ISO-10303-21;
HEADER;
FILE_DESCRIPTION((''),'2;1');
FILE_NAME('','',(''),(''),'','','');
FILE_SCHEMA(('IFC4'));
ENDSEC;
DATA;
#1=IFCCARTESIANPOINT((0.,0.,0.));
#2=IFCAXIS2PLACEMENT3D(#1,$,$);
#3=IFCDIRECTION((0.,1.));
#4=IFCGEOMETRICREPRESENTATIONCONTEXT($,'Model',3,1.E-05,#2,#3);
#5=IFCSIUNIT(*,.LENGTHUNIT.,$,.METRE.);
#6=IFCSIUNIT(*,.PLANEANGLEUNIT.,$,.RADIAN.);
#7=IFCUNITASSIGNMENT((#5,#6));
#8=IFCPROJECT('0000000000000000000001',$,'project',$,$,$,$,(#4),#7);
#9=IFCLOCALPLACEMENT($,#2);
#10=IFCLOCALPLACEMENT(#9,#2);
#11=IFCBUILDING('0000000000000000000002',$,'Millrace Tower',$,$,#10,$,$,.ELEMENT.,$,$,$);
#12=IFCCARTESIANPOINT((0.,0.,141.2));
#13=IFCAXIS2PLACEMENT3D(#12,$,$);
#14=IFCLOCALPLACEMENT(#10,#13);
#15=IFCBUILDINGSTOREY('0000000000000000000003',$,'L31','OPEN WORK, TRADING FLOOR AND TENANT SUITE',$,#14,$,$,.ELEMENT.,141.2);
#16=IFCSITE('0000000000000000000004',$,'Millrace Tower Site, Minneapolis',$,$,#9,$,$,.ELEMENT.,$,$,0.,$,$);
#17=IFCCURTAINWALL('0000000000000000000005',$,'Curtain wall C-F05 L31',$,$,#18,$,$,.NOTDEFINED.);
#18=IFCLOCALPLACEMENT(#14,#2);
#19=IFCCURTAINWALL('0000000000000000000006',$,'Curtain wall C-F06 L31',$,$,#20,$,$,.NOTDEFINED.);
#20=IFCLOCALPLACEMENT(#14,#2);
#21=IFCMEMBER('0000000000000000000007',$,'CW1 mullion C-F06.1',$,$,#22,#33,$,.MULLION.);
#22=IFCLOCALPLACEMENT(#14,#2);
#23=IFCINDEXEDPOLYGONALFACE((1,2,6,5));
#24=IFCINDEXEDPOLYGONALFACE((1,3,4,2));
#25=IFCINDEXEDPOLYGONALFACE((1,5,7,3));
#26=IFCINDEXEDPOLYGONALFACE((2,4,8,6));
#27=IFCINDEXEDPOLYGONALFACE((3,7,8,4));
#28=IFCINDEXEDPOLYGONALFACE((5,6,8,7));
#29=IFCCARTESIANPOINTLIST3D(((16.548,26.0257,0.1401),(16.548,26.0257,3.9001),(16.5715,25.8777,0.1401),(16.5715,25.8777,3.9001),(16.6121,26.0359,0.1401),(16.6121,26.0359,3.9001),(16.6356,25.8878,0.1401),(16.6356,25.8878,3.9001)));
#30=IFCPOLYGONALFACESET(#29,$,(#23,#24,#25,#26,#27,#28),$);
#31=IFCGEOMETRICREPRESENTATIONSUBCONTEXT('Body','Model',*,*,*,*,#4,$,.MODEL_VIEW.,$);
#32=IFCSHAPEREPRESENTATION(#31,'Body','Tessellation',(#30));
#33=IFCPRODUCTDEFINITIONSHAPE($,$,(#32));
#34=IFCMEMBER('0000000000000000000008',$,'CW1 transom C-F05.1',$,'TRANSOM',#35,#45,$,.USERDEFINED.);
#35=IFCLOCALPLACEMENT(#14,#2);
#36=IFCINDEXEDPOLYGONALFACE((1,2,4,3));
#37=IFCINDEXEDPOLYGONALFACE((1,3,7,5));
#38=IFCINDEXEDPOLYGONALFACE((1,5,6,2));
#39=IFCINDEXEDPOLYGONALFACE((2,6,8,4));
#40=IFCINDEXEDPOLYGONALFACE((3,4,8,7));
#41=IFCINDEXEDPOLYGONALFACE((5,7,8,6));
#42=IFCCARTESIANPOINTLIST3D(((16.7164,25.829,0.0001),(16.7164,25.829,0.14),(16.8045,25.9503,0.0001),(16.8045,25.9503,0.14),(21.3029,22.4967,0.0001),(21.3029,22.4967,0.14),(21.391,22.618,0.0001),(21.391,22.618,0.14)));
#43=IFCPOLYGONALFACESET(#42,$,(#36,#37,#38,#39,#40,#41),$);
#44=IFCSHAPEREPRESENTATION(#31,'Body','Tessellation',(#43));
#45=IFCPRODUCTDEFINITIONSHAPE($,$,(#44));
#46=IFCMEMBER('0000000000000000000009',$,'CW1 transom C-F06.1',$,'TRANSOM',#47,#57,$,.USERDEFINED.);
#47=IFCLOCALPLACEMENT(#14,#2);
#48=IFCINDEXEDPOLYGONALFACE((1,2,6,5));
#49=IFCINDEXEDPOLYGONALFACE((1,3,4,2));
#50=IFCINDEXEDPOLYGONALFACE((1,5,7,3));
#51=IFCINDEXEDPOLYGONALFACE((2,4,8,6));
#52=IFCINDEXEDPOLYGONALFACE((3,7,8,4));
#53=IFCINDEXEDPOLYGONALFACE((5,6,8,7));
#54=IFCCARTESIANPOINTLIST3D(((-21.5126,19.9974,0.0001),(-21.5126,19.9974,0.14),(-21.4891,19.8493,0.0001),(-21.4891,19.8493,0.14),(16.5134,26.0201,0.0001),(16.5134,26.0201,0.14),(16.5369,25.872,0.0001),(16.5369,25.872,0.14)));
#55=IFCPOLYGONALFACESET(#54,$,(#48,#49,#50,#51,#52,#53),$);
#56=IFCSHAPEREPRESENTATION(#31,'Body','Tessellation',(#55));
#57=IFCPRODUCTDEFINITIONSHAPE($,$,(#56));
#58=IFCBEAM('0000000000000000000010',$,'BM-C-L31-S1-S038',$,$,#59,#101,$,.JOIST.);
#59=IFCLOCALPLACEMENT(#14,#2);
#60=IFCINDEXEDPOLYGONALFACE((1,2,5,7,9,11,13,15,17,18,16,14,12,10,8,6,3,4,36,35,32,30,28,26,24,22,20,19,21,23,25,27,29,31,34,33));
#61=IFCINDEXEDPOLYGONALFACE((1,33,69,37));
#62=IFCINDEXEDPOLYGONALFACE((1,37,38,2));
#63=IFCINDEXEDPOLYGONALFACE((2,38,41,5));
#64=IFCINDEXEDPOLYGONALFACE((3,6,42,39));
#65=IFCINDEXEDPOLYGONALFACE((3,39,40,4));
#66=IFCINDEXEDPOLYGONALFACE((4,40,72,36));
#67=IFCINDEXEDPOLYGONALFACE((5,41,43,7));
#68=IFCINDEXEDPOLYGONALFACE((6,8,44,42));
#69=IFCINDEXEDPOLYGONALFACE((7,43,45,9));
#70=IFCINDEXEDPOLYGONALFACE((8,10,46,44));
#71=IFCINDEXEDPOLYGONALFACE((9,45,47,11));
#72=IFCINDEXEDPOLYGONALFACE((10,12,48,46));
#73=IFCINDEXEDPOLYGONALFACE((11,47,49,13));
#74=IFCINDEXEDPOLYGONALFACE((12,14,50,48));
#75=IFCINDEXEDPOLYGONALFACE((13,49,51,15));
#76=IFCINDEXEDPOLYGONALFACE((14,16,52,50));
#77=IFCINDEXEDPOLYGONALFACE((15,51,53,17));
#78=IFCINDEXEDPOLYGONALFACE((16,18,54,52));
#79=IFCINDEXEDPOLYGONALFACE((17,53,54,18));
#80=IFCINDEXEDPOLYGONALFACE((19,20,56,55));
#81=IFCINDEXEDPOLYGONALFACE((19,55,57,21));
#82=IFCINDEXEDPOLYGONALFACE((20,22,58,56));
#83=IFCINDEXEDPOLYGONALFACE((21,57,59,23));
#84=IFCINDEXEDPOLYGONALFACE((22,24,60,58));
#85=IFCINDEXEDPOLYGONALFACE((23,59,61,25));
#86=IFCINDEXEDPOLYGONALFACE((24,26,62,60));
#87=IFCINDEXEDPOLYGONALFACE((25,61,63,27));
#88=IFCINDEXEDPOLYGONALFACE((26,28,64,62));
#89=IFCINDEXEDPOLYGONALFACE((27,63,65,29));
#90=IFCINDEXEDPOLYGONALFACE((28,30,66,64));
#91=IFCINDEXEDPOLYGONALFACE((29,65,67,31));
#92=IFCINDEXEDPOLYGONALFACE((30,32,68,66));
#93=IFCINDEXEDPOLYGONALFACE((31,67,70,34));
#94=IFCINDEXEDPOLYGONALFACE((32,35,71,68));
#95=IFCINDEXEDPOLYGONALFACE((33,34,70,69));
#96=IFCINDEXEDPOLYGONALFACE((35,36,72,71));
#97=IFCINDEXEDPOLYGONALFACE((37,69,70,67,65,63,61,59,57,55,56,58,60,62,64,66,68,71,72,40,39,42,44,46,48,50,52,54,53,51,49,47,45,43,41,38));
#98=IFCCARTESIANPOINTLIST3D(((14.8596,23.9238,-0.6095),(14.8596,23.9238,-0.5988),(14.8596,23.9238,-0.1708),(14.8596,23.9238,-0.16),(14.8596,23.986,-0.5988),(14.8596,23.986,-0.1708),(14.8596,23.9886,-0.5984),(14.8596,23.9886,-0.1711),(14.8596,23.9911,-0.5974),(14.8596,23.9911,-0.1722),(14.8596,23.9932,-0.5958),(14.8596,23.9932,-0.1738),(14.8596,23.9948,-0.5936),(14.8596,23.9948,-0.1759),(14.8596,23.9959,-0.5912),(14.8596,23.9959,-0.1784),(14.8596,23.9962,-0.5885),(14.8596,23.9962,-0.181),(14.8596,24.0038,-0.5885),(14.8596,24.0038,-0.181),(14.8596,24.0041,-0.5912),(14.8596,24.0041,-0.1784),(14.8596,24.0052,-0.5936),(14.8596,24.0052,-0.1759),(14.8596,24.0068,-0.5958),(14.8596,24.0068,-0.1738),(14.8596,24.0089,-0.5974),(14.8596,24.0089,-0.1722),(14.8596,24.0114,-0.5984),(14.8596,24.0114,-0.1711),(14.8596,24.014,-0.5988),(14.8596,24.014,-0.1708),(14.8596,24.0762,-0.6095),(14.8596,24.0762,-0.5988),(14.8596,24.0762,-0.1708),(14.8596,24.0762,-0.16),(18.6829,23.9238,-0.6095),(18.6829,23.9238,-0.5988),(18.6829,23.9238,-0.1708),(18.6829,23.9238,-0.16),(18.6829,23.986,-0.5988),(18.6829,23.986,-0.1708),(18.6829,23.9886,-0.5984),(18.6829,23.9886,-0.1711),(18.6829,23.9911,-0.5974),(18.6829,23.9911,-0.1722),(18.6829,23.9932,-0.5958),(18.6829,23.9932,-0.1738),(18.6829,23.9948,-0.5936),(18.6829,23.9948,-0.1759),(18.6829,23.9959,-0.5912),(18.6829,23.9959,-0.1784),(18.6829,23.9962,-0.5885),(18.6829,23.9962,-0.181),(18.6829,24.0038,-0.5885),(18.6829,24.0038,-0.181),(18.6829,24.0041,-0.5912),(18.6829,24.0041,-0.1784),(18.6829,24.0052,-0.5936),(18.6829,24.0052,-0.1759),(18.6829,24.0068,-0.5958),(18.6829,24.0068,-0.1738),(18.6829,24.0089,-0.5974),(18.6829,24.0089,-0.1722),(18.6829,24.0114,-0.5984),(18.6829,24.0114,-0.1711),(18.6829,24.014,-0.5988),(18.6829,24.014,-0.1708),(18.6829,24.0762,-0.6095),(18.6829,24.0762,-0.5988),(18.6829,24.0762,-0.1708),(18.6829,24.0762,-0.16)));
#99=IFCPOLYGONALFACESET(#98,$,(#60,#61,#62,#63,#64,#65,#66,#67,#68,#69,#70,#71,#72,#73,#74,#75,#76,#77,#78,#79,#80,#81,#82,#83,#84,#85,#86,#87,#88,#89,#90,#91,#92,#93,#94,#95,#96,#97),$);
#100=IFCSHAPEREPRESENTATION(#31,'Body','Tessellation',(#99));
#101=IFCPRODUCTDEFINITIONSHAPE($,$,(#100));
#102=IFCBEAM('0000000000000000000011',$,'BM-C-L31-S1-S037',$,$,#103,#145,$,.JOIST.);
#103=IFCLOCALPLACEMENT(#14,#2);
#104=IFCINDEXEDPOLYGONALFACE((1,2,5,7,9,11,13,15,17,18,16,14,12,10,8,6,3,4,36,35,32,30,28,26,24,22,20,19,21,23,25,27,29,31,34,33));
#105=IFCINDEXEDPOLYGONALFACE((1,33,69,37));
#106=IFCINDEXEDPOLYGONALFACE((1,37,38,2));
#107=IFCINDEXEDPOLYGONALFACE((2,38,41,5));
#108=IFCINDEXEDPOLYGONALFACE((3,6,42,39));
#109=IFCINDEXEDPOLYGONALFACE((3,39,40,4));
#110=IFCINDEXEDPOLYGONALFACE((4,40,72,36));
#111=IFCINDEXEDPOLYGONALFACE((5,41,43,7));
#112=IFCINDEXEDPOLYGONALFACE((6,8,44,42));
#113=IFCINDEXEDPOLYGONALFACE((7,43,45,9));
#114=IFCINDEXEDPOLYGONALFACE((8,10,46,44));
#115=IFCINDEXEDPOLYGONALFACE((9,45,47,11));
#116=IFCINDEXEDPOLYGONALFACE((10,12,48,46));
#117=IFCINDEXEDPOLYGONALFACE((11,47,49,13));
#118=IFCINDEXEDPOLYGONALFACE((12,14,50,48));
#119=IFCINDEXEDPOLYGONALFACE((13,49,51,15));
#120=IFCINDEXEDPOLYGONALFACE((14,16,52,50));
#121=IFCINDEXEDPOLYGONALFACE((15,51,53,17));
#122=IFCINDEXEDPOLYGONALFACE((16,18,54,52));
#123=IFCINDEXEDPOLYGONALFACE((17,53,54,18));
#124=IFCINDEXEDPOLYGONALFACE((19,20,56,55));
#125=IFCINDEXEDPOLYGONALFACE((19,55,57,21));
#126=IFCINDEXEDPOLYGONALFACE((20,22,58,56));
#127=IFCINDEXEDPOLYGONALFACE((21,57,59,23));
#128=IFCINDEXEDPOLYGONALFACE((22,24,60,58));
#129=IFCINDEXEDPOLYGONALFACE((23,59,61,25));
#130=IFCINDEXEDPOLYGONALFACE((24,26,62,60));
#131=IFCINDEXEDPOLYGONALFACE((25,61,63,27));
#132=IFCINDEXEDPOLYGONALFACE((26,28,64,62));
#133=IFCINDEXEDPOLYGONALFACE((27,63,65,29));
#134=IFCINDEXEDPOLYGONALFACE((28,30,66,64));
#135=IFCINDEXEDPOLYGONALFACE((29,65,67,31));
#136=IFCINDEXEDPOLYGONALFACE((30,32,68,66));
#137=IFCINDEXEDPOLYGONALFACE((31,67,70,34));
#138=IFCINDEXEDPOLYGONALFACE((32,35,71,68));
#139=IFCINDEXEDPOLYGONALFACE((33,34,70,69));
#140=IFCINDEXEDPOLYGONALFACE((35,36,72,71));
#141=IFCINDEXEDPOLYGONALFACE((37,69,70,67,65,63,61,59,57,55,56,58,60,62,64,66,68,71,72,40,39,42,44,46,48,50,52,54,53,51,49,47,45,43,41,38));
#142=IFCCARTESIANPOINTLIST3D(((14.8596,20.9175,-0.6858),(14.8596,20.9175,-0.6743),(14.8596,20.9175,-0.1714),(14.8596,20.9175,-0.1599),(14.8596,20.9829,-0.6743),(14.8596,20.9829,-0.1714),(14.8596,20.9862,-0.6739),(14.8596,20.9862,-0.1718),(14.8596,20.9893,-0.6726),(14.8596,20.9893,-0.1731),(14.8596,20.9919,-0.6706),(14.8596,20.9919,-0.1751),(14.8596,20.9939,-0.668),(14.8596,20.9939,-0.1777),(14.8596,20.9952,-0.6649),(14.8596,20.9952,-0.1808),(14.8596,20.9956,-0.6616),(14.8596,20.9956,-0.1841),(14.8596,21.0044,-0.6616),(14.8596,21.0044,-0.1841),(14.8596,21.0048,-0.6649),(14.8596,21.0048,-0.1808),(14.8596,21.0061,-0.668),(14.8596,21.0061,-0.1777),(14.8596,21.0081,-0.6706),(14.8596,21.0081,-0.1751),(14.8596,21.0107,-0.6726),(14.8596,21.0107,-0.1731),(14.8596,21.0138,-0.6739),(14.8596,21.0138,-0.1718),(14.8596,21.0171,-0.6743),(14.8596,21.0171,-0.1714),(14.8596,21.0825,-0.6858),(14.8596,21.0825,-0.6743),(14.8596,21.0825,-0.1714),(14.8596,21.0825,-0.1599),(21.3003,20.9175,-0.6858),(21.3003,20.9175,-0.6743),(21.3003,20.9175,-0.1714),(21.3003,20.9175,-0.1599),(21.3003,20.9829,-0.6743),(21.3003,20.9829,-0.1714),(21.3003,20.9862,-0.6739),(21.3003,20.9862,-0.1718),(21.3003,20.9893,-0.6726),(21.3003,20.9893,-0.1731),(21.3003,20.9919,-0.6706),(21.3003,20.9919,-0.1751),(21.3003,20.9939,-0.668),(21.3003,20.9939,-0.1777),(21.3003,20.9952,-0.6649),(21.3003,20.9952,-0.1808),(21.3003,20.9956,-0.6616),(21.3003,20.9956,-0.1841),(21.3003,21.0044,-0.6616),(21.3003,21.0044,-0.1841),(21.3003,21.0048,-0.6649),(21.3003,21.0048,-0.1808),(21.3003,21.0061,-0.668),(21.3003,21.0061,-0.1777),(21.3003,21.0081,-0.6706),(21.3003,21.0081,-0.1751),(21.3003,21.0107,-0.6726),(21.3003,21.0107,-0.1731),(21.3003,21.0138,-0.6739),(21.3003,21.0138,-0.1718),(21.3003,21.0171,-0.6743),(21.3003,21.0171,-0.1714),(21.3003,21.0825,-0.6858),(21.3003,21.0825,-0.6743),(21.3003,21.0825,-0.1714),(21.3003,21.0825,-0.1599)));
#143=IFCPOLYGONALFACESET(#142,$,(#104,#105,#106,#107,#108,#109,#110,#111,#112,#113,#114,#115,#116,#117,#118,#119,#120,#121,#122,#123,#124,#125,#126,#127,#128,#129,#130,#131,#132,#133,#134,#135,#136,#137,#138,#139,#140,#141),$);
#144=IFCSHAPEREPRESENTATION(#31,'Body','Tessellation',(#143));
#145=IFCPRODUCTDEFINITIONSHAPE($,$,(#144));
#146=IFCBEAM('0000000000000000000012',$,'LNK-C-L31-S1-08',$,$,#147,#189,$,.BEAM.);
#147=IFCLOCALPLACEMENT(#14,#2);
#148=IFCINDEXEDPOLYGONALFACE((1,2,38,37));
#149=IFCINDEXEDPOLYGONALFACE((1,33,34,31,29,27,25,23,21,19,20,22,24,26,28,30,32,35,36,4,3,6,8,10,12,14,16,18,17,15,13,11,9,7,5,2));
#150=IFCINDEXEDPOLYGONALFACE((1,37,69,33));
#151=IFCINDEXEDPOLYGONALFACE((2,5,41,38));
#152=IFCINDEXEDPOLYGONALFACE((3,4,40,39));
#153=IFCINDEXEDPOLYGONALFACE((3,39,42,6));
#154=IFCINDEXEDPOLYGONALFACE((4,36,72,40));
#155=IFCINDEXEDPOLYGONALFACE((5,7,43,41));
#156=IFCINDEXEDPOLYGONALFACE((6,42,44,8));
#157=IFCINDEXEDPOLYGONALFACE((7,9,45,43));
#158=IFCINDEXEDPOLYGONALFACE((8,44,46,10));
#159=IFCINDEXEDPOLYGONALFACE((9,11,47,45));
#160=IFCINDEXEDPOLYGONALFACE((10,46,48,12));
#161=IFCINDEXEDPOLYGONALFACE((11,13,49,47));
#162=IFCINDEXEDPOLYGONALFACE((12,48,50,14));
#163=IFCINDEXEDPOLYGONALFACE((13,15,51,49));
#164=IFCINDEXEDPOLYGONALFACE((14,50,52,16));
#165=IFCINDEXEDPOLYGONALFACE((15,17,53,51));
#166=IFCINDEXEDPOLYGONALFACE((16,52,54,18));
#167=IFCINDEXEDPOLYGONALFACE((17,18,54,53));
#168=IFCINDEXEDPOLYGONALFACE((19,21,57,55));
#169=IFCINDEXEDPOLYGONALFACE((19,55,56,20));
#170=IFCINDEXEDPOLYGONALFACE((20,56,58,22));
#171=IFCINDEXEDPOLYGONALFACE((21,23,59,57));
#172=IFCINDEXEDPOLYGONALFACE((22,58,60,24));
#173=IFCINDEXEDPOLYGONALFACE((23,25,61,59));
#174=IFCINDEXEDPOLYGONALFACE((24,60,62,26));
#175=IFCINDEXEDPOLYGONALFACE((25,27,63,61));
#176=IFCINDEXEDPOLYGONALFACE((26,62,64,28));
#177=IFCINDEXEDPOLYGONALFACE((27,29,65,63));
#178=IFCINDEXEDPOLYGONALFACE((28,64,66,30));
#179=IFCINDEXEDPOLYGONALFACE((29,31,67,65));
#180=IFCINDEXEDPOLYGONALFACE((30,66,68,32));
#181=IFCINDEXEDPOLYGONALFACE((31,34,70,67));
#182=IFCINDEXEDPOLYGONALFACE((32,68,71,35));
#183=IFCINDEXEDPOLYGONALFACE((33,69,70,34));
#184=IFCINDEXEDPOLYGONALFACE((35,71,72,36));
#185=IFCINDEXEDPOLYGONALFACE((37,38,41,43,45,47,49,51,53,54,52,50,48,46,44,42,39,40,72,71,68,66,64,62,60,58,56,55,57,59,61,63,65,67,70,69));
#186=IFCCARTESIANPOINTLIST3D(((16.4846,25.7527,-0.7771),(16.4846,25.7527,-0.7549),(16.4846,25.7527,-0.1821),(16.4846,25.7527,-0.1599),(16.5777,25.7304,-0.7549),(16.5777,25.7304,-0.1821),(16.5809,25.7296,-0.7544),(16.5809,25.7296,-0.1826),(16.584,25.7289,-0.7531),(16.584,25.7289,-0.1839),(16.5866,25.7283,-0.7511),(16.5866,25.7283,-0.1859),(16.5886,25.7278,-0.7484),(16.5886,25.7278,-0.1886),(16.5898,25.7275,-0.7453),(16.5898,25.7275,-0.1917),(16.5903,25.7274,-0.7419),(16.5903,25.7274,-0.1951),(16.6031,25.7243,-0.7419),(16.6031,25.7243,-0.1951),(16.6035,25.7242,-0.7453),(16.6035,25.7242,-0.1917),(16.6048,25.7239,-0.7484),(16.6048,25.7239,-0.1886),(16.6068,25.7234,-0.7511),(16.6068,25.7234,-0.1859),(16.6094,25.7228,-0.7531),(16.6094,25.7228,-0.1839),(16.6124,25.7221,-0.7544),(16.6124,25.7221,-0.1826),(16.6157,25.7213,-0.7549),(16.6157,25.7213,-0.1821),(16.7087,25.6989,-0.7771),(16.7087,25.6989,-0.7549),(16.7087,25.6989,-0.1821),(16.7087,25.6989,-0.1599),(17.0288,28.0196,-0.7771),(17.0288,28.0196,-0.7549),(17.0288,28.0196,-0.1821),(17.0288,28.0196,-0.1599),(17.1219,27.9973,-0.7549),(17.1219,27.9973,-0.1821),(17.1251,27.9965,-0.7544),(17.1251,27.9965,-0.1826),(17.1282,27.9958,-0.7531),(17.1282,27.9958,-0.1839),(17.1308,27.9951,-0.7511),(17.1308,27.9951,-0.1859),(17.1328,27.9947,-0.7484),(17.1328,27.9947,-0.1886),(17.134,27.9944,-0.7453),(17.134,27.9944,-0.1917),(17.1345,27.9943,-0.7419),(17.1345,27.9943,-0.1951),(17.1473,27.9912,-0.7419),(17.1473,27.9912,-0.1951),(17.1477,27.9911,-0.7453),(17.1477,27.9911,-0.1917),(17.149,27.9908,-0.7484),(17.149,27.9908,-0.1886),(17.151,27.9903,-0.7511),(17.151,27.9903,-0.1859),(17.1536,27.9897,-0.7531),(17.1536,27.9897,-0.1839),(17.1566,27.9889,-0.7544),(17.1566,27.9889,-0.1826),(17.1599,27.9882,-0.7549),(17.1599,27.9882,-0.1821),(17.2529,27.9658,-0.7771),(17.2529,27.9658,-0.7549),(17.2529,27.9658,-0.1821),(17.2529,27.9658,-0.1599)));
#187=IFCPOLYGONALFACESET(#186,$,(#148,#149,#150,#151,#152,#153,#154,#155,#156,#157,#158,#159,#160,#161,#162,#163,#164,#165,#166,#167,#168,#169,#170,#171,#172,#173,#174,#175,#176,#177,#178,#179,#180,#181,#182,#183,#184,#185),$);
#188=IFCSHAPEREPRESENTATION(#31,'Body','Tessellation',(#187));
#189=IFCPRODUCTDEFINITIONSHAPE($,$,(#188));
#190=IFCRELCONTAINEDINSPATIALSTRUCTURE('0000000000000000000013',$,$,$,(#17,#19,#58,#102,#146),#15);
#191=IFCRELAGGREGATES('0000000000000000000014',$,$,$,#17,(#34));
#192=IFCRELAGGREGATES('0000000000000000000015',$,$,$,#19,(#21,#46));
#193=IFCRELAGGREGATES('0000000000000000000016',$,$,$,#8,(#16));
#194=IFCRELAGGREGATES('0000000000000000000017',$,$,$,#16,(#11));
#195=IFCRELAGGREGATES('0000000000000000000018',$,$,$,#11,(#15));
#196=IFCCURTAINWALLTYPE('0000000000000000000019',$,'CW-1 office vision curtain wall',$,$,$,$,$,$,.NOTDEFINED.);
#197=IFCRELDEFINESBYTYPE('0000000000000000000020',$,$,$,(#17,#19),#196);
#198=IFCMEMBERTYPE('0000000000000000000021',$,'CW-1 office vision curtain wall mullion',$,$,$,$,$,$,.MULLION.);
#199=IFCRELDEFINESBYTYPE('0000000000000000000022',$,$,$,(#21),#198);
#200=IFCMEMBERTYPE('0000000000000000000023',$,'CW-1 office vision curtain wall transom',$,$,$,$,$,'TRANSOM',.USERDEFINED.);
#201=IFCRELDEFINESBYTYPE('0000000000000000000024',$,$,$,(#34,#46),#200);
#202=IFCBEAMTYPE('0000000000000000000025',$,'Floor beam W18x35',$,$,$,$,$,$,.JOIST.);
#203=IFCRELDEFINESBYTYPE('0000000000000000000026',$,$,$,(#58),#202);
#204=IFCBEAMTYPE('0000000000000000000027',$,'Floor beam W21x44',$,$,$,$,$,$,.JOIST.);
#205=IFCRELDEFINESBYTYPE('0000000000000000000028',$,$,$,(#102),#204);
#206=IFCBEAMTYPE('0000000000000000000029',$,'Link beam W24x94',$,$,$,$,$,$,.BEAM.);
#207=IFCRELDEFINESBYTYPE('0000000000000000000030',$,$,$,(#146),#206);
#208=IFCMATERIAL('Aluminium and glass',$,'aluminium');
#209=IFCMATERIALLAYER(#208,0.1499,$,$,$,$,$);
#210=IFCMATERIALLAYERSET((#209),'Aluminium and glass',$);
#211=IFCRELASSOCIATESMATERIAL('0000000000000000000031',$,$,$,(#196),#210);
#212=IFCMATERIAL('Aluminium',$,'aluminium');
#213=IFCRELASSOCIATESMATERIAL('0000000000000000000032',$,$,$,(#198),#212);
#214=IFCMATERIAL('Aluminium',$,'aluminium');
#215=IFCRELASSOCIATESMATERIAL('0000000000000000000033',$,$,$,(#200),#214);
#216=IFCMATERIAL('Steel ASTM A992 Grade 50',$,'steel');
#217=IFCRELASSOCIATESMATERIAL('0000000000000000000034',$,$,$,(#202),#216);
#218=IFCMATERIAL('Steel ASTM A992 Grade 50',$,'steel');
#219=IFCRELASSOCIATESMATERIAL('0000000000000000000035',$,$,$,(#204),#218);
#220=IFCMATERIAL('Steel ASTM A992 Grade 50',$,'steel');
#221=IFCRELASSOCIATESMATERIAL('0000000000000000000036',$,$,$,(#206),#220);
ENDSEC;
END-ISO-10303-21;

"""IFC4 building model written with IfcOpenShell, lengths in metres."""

from ifc_helpers import new_model, si_unit, direction, frame, origin, origin_2d, place, context, subcontext, project, spatial, rectangle, i_section, extrude, material, layer, layer_set, material_profile, profile_set, type_object, element, aggregate, save


model = new_model("IFC4")

# Units and contexts
model_context = context("Model", 3, precision=1e-05, world=origin(), true_north=direction((0.0, 1.0)))
body_context = subcontext(model_context, "Body", "Model", "MODEL_VIEW")
ifc_project = project(units=[si_unit("LENGTHUNIT", "METRE"), si_unit("PLANEANGLEUNIT", "RADIAN")], contexts=[model_context])

# Site, building, storey
site_placement = place(None, origin())
site = spatial("IfcSite", under=ifc_project, at=site_placement, Name="Millrace Tower Site, Minneapolis", CompositionType="ELEMENT", RefElevation=0.0)
building_placement = place(site_placement, origin())
building = spatial("IfcBuilding", under=site, at=building_placement, Name="Millrace Tower", CompositionType="ELEMENT")
storey_placement = place(building_placement, frame((0.0, 0.0, 141.2)))
storey = spatial("IfcBuildingStorey", under=building, at=storey_placement, Name="L31", Description="OPEN WORK, TRADING FLOOR AND TENANT SUITE", CompositionType="ELEMENT", Elevation=141.2)

# Shared definitions
ifc_material_1 = material(Name="Aluminium and glass", Category="aluminium")
ifc_layer_1 = layer(ifc_material_1, 0.1499)
ifc_layer_set_1 = layer_set([ifc_layer_1], Name="Aluminium and glass")
curtain_wall_type = type_object("IfcCurtainWallType", Name="CW-1 office vision curtain wall", PredefinedType="NOTDEFINED", material=ifc_layer_set_1)
placement = place(storey_placement, origin())
ifc_material_2 = material(Name="Aluminium", Category="aluminium")
ifc_material_profile_1 = material_profile(ifc_material_2, rectangle(XDim=0.0649, YDim=0.1499, at=origin_2d()))
ifc_profile_set_1 = profile_set([ifc_material_profile_1], Name="Aluminium")
member_type_1 = type_object("IfcMemberType", Name="CW-1 office vision curtain wall mullion", PredefinedType="MULLION", material=ifc_profile_set_1)

# Curtain walls, member
curtain_wall_1 = element("IfcCurtainWall", 1, at=placement, inside=storey, type_object=curtain_wall_type, Name="Curtain wall C-F05 L31", PredefinedType="NOTDEFINED")
curtain_wall_2 = element("IfcCurtainWall", 2, at=placement, inside=storey, type_object=curtain_wall_type, Name="Curtain wall C-F06 L31", PredefinedType="NOTDEFINED")
member_1_placement = place(storey_placement, frame((16.5918, 25.9568, 0.1401), z_axis=(0.0, 0.0, 1.0), x_axis=(-0.987688, -0.156434, 0.0)))
member_1 = element("IfcMember", 3, at=member_1_placement, type_object=member_type_1, Name="CW1 mullion C-F06.1", PredefinedType="MULLION", context=body_context, shape_type="SweptSolid", body=[
    extrude(rectangle(XDim=0.0649, YDim=0.1499, at=origin_2d()), origin(), (0.0, 0.0, 1.0), 3.76),
])

# Members
ifc_material_3 = material(Name="Aluminium", Category="aluminium")
ifc_material_profile_2 = material_profile(ifc_material_3, rectangle(XDim=0.1499, YDim=0.1399, at=origin_2d()))
ifc_profile_set_2 = profile_set([ifc_material_profile_2], Name="Aluminium")
member_type_2 = type_object("IfcMemberType", Name="CW-1 office vision curtain wall transom", ElementType="TRANSOM", PredefinedType="USERDEFINED", material=ifc_profile_set_2)
member_2_placement = place(storey_placement, frame((21.3469, 22.5574, 0.0701), z_axis=(-0.809013, 0.58779, 0.0), x_axis=(-0.58779, -0.809013, 0.0)))
member_2 = element("IfcMember", 4, at=member_2_placement, type_object=member_type_2, Name="CW1 transom C-F05.1", ObjectType="TRANSOM", PredefinedType="USERDEFINED", context=body_context, shape_type="SweptSolid", body=[
    extrude(rectangle(XDim=0.1499, YDim=0.1399, at=origin_2d()), origin(), (0.0, 0.0, 1.0), 5.6692),
])
aggregate(curtain_wall_1, [member_2])
member_3_placement = place(storey_placement, frame((16.5251, 25.946, 0.0701), z_axis=(-0.987689, -0.156433, 0.0), x_axis=(0.156433, -0.987689, 0.0)))
member_3 = element("IfcMember", 5, at=member_3_placement, type_object=member_type_2, Name="CW1 transom C-F06.1", ObjectType="TRANSOM", PredefinedType="USERDEFINED", context=body_context, shape_type="SweptSolid", body=[
    extrude(rectangle(XDim=0.1499, YDim=0.1399, at=origin_2d()), origin(), (0.0, 0.0, 1.0), 38.5),
])
aggregate(curtain_wall_2, [member_1, member_3])

# Beams
ifc_material_4 = material(Name="Steel ASTM A992 Grade 50", Category="steel")
ifc_material_profile_3 = material_profile(ifc_material_4, i_section(OverallWidth=0.1523, OverallDepth=0.4495, WebThickness=0.0076, FlangeThickness=0.0107, FilletRadius=0.0103, at=origin_2d()))
ifc_profile_set_3 = profile_set([ifc_material_profile_3], Name="Steel ASTM A992 Grade 50")
beam_type_1 = type_object("IfcBeamType", Name="Floor beam W18x35", PredefinedType="JOIST", material=ifc_profile_set_3)
beam_1_placement = place(storey_placement, frame((14.8596, 24.0, -0.3848), z_axis=(1.0, 0.0, 0.0), x_axis=(0.0, 1.0, 0.0)))
element("IfcBeam", 6, at=beam_1_placement, inside=storey, type_object=beam_type_1, Name="BM-C-L31-S1-S038", PredefinedType="JOIST", context=body_context, shape_type="SweptSolid", body=[
    extrude(i_section(OverallWidth=0.1523, OverallDepth=0.4495, WebThickness=0.0076, FlangeThickness=0.0107, FilletRadius=0.0103, at=origin_2d()), origin(), (0.0, 0.0, 1.0), 3.8232),
])
ifc_material_5 = material(Name="Steel ASTM A992 Grade 50", Category="steel")
ifc_material_profile_4 = material_profile(ifc_material_5, i_section(OverallWidth=0.165, OverallDepth=0.5259, WebThickness=0.0088, FlangeThickness=0.0115, FilletRadius=0.0127, at=origin_2d()))
ifc_profile_set_4 = profile_set([ifc_material_profile_4], Name="Steel ASTM A992 Grade 50")
beam_type_2 = type_object("IfcBeamType", Name="Floor beam W21x44", PredefinedType="JOIST", material=ifc_profile_set_4)
beam_2_placement = place(storey_placement, frame((14.8596, 21.0, -0.4229), z_axis=(1.0, 0.0, 0.0), x_axis=(0.0, 1.0, 0.0)))
element("IfcBeam", 7, at=beam_2_placement, inside=storey, type_object=beam_type_2, Name="BM-C-L31-S1-S037", PredefinedType="JOIST", context=body_context, shape_type="SweptSolid", body=[
    extrude(i_section(OverallWidth=0.165, OverallDepth=0.5259, WebThickness=0.0088, FlangeThickness=0.0115, FilletRadius=0.0127, at=origin_2d()), origin(), (0.0, 0.0, 1.0), 6.4407),
])
ifc_material_6 = material(Name="Steel ASTM A992 Grade 50", Category="steel")
ifc_material_profile_5 = material_profile(ifc_material_6, i_section(OverallWidth=0.2305, OverallDepth=0.6172, WebThickness=0.0132, FlangeThickness=0.0222, FilletRadius=0.0129, at=origin_2d()))
ifc_profile_set_5 = profile_set([ifc_material_profile_5], Name="Steel ASTM A992 Grade 50")
beam_type_3 = type_object("IfcBeamType", Name="Link beam W24x94", PredefinedType="BEAM", material=ifc_profile_set_5)
beam_3_placement = place(storey_placement, frame((16.5967, 25.7258, -0.4685), z_axis=(0.233432, 0.972373, 0.0), x_axis=(-0.972373, 0.233432, 0.0)))
element("IfcBeam", 8, at=beam_3_placement, inside=storey, type_object=beam_type_3, Name="LNK-C-L31-S1-08", PredefinedType="BEAM", context=body_context, shape_type="SweptSolid", body=[
    extrude(i_section(OverallWidth=0.2305, OverallDepth=0.6172, WebThickness=0.0132, FlangeThickness=0.0222, FilletRadius=0.0129, at=origin_2d()), origin(), (0.0, 0.0, 1.0), 2.3313),
])

save(model, "model.ifc")
